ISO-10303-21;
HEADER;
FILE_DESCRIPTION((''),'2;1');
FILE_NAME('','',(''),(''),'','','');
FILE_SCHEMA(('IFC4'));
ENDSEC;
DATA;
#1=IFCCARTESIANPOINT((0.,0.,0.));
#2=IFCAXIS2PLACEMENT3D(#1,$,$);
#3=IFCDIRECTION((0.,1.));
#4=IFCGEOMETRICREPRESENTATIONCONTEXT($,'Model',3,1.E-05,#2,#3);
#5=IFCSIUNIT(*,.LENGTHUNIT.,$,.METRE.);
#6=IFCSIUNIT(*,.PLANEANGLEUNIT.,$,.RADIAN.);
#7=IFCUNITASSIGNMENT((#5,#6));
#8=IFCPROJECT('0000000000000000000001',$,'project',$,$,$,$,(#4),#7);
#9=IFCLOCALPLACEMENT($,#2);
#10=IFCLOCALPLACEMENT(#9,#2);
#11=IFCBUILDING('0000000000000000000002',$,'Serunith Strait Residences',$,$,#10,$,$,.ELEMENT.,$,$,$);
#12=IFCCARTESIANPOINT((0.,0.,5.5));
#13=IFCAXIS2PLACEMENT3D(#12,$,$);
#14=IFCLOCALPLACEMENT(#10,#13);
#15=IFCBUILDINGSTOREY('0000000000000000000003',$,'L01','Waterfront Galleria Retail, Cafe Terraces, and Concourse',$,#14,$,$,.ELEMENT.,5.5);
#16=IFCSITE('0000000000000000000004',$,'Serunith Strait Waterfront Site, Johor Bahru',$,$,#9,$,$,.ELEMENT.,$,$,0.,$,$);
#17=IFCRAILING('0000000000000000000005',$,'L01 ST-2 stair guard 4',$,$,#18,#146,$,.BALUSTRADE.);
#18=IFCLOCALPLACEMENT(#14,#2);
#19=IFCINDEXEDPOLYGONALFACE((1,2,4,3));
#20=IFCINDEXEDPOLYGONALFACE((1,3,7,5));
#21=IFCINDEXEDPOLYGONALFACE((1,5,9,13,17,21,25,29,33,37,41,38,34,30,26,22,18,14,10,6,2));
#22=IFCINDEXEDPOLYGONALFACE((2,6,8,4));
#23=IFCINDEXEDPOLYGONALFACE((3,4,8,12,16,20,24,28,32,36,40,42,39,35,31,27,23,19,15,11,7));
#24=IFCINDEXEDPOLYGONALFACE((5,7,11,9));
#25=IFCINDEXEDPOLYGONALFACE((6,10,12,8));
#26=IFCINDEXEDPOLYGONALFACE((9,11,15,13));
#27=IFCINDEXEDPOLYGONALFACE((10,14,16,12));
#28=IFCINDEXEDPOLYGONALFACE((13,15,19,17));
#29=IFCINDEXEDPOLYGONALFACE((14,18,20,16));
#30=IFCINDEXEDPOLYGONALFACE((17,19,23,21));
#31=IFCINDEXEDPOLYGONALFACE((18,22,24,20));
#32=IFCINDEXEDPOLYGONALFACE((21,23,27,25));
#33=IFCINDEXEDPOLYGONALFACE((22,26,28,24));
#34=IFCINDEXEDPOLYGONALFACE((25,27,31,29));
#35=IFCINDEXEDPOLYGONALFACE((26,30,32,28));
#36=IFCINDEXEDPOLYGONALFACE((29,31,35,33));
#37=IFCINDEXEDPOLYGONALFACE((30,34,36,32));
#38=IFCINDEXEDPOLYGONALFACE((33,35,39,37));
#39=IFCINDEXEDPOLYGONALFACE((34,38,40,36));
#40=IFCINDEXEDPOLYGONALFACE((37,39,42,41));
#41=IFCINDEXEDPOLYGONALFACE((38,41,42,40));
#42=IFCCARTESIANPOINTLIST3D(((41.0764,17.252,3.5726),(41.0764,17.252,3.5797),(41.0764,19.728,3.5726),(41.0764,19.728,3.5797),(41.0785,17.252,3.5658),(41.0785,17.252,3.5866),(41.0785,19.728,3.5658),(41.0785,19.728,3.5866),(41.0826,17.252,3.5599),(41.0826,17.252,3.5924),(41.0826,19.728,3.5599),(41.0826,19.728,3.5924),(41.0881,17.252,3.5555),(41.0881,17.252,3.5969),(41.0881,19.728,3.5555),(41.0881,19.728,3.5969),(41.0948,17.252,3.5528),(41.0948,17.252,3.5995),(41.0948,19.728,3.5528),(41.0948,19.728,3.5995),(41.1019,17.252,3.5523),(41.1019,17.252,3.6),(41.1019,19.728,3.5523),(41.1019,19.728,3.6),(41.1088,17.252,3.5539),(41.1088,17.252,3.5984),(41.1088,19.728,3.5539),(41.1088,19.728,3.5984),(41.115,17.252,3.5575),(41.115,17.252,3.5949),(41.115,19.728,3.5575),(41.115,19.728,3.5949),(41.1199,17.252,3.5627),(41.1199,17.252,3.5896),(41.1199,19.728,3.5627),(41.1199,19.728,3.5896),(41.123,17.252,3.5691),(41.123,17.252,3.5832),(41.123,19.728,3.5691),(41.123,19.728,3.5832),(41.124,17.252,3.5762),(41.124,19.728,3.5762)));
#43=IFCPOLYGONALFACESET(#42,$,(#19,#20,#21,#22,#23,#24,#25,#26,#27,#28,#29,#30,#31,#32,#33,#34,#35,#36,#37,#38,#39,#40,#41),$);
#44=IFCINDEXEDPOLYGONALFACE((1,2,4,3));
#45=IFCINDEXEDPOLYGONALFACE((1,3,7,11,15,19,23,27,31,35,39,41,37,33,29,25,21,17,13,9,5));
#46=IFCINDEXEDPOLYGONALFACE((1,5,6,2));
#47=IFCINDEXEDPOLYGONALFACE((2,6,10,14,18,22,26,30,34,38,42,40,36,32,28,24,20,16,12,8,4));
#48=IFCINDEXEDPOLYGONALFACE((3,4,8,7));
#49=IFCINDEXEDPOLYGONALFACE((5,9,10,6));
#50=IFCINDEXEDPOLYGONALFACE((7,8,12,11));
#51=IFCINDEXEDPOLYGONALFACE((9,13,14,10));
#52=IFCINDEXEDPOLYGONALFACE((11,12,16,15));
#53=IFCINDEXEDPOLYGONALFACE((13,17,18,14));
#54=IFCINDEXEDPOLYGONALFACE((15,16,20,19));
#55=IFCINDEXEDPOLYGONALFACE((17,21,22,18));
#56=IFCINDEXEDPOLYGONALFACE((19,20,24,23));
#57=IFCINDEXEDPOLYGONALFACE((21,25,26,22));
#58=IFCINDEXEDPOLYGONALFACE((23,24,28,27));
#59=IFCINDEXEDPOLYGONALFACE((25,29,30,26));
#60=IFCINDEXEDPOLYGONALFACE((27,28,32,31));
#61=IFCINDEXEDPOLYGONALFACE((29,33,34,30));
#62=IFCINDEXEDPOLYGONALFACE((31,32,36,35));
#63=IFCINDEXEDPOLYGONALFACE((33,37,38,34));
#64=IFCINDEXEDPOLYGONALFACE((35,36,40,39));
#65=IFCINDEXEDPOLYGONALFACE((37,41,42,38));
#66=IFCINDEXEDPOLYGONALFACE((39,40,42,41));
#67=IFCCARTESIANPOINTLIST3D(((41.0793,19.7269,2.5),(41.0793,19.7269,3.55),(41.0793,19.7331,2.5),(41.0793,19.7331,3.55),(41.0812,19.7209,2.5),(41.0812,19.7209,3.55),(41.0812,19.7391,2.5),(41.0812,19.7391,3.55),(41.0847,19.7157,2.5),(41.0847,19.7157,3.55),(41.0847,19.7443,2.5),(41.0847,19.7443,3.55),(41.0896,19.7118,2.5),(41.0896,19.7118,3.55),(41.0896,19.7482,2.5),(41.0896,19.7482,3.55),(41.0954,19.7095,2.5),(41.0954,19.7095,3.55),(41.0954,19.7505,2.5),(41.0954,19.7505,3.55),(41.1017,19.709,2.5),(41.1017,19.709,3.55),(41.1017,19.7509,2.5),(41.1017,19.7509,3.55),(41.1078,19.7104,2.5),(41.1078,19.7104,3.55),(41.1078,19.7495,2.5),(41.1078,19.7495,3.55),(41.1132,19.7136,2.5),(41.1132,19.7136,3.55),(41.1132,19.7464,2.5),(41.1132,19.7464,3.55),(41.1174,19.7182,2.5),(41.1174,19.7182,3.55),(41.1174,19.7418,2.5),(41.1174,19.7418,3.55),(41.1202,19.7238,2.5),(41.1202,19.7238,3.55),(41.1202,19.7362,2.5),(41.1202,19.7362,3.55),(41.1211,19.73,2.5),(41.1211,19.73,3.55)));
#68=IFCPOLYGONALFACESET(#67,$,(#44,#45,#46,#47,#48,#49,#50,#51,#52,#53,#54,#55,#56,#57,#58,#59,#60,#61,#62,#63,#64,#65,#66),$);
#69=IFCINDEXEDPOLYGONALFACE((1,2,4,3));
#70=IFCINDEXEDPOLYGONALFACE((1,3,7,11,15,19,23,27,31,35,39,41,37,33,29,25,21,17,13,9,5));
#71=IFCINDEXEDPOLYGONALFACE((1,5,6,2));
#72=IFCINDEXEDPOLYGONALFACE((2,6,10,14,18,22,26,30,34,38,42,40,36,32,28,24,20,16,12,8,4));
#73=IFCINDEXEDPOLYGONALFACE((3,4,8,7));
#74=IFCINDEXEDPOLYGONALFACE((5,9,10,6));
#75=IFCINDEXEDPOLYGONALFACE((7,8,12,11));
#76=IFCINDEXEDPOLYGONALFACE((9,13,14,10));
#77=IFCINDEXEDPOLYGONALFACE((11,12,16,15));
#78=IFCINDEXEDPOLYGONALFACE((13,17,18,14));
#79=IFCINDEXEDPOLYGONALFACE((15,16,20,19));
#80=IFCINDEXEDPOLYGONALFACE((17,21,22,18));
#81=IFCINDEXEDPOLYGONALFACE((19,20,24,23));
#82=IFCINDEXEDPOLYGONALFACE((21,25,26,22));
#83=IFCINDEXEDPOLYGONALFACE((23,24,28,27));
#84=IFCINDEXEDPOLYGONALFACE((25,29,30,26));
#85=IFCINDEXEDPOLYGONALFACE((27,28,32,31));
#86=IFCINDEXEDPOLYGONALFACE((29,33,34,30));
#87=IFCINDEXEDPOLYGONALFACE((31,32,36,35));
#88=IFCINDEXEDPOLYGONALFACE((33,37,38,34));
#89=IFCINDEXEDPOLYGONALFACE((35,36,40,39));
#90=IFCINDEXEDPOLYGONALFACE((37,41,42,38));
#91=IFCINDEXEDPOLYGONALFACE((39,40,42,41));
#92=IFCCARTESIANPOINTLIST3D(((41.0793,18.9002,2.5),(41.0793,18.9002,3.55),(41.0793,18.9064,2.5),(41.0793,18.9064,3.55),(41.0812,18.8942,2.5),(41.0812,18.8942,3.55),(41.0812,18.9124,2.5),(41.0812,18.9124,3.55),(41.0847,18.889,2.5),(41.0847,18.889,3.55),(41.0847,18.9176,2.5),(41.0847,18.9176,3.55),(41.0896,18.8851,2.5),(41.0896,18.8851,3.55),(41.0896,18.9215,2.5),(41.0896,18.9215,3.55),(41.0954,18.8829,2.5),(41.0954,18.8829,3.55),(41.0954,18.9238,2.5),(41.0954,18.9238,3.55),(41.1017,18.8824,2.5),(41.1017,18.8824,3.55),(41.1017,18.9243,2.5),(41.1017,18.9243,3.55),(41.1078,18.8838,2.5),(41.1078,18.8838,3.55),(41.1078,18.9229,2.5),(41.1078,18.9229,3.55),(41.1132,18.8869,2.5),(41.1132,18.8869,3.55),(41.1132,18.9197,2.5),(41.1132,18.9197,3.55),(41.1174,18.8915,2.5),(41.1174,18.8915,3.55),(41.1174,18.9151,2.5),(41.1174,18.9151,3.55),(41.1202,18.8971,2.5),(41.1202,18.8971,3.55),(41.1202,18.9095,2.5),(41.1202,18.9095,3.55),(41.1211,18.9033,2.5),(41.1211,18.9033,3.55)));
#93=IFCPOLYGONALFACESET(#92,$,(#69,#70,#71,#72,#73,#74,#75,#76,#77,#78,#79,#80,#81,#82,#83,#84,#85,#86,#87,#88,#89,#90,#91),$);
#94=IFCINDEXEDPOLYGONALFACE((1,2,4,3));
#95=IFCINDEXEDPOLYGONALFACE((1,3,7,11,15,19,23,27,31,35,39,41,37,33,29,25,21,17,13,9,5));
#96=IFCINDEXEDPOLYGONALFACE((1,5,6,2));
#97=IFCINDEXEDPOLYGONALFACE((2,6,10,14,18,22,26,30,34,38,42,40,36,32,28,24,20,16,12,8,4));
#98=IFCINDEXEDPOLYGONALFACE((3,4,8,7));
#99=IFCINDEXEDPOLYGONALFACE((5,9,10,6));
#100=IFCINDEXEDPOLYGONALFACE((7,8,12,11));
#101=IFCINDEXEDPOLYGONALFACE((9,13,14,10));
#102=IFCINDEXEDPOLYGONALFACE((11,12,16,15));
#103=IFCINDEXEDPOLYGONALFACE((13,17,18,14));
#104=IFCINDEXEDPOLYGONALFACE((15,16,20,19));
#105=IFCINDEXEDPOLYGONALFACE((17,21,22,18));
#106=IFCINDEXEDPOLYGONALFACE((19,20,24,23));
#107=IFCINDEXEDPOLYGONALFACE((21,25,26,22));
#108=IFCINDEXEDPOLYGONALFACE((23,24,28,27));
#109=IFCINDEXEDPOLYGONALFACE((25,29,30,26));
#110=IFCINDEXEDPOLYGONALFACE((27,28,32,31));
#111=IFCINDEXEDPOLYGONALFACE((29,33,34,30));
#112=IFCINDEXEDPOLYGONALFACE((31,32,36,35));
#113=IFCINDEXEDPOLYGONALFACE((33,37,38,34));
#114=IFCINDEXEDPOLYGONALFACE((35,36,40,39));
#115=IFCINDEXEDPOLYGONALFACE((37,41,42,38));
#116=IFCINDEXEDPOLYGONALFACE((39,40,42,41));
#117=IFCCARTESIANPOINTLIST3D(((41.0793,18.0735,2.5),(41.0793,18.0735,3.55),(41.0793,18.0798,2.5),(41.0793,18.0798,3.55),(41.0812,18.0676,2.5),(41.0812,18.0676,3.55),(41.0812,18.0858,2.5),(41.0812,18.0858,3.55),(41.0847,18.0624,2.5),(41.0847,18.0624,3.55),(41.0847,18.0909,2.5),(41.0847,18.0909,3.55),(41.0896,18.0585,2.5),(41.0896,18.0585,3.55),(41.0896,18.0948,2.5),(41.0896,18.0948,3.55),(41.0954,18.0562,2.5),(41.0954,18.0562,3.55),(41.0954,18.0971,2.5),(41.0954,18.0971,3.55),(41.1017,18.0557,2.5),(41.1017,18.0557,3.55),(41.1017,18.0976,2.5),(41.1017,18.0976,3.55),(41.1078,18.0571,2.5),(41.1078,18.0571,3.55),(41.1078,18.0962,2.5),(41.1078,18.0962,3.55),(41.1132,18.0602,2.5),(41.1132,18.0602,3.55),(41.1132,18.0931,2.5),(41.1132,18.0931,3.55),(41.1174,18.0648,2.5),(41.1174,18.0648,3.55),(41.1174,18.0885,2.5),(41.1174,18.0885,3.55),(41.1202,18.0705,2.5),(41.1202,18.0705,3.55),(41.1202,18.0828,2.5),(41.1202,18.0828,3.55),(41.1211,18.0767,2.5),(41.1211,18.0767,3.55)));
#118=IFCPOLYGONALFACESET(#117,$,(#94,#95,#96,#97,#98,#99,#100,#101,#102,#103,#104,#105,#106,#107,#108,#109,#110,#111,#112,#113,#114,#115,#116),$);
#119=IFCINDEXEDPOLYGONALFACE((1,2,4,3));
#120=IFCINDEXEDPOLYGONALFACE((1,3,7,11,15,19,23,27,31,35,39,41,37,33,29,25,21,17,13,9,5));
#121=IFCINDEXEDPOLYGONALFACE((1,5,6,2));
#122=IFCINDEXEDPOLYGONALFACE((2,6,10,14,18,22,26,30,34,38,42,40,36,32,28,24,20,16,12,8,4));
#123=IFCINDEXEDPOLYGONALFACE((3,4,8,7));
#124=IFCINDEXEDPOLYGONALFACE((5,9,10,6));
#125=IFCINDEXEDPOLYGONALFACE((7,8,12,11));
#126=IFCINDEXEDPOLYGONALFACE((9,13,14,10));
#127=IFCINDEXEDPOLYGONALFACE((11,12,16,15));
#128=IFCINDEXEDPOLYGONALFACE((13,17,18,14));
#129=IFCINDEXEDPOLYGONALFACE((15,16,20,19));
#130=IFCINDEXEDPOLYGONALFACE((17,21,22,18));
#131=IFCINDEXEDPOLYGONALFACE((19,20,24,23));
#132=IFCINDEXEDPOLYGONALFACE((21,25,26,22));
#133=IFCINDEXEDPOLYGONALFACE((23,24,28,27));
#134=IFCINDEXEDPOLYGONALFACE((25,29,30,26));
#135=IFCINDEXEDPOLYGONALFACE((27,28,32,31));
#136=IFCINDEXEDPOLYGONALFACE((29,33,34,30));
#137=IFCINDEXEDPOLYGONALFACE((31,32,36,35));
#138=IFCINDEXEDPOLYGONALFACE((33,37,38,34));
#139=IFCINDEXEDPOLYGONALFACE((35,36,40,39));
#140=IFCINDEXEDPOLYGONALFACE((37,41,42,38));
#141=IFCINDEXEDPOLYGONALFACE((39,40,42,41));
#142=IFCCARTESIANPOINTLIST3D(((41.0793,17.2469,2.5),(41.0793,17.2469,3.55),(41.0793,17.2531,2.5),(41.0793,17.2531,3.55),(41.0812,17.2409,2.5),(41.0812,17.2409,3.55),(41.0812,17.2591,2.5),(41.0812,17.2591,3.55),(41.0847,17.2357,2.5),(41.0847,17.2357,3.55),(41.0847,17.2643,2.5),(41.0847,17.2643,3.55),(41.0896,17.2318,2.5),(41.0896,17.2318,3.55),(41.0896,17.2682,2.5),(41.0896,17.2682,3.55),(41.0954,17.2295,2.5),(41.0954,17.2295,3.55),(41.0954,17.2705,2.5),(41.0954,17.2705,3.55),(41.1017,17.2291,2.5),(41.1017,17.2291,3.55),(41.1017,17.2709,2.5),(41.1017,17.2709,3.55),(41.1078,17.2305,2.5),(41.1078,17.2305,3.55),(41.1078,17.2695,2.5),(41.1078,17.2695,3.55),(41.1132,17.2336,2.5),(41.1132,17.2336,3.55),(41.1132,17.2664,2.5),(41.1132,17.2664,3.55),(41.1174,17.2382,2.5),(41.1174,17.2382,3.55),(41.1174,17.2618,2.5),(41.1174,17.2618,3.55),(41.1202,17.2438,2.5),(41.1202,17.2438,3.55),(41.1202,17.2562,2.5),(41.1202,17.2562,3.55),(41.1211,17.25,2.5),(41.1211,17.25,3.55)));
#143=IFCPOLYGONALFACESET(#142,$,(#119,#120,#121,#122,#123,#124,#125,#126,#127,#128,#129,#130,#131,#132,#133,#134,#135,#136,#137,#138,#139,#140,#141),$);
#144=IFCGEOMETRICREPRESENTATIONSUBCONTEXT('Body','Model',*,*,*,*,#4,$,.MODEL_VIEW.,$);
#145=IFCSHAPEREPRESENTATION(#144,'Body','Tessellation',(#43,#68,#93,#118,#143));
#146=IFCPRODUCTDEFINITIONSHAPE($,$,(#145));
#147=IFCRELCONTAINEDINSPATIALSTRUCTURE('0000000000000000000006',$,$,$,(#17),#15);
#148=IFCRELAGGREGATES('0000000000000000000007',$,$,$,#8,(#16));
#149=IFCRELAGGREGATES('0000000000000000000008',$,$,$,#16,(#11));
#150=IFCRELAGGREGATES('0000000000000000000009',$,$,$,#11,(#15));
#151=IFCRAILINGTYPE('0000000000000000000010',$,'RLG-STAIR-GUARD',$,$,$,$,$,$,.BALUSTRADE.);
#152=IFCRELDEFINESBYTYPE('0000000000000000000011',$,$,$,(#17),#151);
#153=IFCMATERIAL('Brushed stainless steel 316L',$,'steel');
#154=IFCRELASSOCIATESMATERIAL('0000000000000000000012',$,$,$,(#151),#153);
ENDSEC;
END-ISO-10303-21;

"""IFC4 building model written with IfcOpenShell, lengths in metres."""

from ifc_helpers import new_model, si_unit, direction, frame, origin, origin_2d, place, context, subcontext, project, spatial, circle, extrude, material, type_object, element, save


model = new_model("IFC4")

# Units and contexts
model_context = context("Model", 3, precision=1e-05, world=origin(), true_north=direction((0.0, 1.0)))
body_context = subcontext(model_context, "Body", "Model", "MODEL_VIEW")
ifc_project = project(units=[si_unit("LENGTHUNIT", "METRE"), si_unit("PLANEANGLEUNIT", "RADIAN")], contexts=[model_context])

# Site, building, storey
site_placement = place(None, origin())
site = spatial("IfcSite", under=ifc_project, at=site_placement, Name="Serunith Strait Waterfront Site, Johor Bahru", CompositionType="ELEMENT", RefElevation=0.0)
building_placement = place(site_placement, origin())
building = spatial("IfcBuilding", under=site, at=building_placement, Name="Serunith Strait Residences", CompositionType="ELEMENT")
storey_placement = place(building_placement, frame((0.0, 0.0, 5.5)))
storey = spatial("IfcBuildingStorey", under=building, at=storey_placement, Name="L01", Description="Waterfront Galleria Retail, Cafe Terraces, and Concourse", CompositionType="ELEMENT", Elevation=5.5)

# Railing
ifc_material_1 = material(Name="Brushed stainless steel 316L", Category="steel")
railing_type_1 = type_object("IfcRailingType", Name="RLG-STAIR-GUARD", PredefinedType="BALUSTRADE", material=ifc_material_1)
railing_1_placement = place(storey_placement, frame((41.1001, 19.73, 2.5)))
element("IfcRailing", 1, at=railing_1_placement, inside=storey, type_object=railing_type_1, Name="L01 ST-2 stair guard 4", PredefinedType="BALUSTRADE", context=body_context, shape_type="SweptSolid", body=[
    extrude(circle(Radius=0.0239, at=origin_2d()), frame((0.0, -0.002, 1.0762), z_axis=(0.0, -1.0, 0.0), x_axis=(1.0, 0.0, 0.0)), (0.0, 0.0, 1.0), 2.4761),
    extrude(circle(Radius=0.021, at=origin_2d()), origin(), (0.0, 0.0, 1.0), 1.05),
    extrude(circle(Radius=0.021, at=origin_2d()), frame((0.0, -0.8267, 0.0)), (0.0, 0.0, 1.0), 1.05),
    extrude(circle(Radius=0.021, at=origin_2d()), frame((0.0, -1.6533, 0.0)), (0.0, 0.0, 1.0), 1.05),
    extrude(circle(Radius=0.021, at=origin_2d()), frame((0.0, -2.48, 0.0)), (0.0, 0.0, 1.0), 1.05),
])

save(model, "model.ifc")
